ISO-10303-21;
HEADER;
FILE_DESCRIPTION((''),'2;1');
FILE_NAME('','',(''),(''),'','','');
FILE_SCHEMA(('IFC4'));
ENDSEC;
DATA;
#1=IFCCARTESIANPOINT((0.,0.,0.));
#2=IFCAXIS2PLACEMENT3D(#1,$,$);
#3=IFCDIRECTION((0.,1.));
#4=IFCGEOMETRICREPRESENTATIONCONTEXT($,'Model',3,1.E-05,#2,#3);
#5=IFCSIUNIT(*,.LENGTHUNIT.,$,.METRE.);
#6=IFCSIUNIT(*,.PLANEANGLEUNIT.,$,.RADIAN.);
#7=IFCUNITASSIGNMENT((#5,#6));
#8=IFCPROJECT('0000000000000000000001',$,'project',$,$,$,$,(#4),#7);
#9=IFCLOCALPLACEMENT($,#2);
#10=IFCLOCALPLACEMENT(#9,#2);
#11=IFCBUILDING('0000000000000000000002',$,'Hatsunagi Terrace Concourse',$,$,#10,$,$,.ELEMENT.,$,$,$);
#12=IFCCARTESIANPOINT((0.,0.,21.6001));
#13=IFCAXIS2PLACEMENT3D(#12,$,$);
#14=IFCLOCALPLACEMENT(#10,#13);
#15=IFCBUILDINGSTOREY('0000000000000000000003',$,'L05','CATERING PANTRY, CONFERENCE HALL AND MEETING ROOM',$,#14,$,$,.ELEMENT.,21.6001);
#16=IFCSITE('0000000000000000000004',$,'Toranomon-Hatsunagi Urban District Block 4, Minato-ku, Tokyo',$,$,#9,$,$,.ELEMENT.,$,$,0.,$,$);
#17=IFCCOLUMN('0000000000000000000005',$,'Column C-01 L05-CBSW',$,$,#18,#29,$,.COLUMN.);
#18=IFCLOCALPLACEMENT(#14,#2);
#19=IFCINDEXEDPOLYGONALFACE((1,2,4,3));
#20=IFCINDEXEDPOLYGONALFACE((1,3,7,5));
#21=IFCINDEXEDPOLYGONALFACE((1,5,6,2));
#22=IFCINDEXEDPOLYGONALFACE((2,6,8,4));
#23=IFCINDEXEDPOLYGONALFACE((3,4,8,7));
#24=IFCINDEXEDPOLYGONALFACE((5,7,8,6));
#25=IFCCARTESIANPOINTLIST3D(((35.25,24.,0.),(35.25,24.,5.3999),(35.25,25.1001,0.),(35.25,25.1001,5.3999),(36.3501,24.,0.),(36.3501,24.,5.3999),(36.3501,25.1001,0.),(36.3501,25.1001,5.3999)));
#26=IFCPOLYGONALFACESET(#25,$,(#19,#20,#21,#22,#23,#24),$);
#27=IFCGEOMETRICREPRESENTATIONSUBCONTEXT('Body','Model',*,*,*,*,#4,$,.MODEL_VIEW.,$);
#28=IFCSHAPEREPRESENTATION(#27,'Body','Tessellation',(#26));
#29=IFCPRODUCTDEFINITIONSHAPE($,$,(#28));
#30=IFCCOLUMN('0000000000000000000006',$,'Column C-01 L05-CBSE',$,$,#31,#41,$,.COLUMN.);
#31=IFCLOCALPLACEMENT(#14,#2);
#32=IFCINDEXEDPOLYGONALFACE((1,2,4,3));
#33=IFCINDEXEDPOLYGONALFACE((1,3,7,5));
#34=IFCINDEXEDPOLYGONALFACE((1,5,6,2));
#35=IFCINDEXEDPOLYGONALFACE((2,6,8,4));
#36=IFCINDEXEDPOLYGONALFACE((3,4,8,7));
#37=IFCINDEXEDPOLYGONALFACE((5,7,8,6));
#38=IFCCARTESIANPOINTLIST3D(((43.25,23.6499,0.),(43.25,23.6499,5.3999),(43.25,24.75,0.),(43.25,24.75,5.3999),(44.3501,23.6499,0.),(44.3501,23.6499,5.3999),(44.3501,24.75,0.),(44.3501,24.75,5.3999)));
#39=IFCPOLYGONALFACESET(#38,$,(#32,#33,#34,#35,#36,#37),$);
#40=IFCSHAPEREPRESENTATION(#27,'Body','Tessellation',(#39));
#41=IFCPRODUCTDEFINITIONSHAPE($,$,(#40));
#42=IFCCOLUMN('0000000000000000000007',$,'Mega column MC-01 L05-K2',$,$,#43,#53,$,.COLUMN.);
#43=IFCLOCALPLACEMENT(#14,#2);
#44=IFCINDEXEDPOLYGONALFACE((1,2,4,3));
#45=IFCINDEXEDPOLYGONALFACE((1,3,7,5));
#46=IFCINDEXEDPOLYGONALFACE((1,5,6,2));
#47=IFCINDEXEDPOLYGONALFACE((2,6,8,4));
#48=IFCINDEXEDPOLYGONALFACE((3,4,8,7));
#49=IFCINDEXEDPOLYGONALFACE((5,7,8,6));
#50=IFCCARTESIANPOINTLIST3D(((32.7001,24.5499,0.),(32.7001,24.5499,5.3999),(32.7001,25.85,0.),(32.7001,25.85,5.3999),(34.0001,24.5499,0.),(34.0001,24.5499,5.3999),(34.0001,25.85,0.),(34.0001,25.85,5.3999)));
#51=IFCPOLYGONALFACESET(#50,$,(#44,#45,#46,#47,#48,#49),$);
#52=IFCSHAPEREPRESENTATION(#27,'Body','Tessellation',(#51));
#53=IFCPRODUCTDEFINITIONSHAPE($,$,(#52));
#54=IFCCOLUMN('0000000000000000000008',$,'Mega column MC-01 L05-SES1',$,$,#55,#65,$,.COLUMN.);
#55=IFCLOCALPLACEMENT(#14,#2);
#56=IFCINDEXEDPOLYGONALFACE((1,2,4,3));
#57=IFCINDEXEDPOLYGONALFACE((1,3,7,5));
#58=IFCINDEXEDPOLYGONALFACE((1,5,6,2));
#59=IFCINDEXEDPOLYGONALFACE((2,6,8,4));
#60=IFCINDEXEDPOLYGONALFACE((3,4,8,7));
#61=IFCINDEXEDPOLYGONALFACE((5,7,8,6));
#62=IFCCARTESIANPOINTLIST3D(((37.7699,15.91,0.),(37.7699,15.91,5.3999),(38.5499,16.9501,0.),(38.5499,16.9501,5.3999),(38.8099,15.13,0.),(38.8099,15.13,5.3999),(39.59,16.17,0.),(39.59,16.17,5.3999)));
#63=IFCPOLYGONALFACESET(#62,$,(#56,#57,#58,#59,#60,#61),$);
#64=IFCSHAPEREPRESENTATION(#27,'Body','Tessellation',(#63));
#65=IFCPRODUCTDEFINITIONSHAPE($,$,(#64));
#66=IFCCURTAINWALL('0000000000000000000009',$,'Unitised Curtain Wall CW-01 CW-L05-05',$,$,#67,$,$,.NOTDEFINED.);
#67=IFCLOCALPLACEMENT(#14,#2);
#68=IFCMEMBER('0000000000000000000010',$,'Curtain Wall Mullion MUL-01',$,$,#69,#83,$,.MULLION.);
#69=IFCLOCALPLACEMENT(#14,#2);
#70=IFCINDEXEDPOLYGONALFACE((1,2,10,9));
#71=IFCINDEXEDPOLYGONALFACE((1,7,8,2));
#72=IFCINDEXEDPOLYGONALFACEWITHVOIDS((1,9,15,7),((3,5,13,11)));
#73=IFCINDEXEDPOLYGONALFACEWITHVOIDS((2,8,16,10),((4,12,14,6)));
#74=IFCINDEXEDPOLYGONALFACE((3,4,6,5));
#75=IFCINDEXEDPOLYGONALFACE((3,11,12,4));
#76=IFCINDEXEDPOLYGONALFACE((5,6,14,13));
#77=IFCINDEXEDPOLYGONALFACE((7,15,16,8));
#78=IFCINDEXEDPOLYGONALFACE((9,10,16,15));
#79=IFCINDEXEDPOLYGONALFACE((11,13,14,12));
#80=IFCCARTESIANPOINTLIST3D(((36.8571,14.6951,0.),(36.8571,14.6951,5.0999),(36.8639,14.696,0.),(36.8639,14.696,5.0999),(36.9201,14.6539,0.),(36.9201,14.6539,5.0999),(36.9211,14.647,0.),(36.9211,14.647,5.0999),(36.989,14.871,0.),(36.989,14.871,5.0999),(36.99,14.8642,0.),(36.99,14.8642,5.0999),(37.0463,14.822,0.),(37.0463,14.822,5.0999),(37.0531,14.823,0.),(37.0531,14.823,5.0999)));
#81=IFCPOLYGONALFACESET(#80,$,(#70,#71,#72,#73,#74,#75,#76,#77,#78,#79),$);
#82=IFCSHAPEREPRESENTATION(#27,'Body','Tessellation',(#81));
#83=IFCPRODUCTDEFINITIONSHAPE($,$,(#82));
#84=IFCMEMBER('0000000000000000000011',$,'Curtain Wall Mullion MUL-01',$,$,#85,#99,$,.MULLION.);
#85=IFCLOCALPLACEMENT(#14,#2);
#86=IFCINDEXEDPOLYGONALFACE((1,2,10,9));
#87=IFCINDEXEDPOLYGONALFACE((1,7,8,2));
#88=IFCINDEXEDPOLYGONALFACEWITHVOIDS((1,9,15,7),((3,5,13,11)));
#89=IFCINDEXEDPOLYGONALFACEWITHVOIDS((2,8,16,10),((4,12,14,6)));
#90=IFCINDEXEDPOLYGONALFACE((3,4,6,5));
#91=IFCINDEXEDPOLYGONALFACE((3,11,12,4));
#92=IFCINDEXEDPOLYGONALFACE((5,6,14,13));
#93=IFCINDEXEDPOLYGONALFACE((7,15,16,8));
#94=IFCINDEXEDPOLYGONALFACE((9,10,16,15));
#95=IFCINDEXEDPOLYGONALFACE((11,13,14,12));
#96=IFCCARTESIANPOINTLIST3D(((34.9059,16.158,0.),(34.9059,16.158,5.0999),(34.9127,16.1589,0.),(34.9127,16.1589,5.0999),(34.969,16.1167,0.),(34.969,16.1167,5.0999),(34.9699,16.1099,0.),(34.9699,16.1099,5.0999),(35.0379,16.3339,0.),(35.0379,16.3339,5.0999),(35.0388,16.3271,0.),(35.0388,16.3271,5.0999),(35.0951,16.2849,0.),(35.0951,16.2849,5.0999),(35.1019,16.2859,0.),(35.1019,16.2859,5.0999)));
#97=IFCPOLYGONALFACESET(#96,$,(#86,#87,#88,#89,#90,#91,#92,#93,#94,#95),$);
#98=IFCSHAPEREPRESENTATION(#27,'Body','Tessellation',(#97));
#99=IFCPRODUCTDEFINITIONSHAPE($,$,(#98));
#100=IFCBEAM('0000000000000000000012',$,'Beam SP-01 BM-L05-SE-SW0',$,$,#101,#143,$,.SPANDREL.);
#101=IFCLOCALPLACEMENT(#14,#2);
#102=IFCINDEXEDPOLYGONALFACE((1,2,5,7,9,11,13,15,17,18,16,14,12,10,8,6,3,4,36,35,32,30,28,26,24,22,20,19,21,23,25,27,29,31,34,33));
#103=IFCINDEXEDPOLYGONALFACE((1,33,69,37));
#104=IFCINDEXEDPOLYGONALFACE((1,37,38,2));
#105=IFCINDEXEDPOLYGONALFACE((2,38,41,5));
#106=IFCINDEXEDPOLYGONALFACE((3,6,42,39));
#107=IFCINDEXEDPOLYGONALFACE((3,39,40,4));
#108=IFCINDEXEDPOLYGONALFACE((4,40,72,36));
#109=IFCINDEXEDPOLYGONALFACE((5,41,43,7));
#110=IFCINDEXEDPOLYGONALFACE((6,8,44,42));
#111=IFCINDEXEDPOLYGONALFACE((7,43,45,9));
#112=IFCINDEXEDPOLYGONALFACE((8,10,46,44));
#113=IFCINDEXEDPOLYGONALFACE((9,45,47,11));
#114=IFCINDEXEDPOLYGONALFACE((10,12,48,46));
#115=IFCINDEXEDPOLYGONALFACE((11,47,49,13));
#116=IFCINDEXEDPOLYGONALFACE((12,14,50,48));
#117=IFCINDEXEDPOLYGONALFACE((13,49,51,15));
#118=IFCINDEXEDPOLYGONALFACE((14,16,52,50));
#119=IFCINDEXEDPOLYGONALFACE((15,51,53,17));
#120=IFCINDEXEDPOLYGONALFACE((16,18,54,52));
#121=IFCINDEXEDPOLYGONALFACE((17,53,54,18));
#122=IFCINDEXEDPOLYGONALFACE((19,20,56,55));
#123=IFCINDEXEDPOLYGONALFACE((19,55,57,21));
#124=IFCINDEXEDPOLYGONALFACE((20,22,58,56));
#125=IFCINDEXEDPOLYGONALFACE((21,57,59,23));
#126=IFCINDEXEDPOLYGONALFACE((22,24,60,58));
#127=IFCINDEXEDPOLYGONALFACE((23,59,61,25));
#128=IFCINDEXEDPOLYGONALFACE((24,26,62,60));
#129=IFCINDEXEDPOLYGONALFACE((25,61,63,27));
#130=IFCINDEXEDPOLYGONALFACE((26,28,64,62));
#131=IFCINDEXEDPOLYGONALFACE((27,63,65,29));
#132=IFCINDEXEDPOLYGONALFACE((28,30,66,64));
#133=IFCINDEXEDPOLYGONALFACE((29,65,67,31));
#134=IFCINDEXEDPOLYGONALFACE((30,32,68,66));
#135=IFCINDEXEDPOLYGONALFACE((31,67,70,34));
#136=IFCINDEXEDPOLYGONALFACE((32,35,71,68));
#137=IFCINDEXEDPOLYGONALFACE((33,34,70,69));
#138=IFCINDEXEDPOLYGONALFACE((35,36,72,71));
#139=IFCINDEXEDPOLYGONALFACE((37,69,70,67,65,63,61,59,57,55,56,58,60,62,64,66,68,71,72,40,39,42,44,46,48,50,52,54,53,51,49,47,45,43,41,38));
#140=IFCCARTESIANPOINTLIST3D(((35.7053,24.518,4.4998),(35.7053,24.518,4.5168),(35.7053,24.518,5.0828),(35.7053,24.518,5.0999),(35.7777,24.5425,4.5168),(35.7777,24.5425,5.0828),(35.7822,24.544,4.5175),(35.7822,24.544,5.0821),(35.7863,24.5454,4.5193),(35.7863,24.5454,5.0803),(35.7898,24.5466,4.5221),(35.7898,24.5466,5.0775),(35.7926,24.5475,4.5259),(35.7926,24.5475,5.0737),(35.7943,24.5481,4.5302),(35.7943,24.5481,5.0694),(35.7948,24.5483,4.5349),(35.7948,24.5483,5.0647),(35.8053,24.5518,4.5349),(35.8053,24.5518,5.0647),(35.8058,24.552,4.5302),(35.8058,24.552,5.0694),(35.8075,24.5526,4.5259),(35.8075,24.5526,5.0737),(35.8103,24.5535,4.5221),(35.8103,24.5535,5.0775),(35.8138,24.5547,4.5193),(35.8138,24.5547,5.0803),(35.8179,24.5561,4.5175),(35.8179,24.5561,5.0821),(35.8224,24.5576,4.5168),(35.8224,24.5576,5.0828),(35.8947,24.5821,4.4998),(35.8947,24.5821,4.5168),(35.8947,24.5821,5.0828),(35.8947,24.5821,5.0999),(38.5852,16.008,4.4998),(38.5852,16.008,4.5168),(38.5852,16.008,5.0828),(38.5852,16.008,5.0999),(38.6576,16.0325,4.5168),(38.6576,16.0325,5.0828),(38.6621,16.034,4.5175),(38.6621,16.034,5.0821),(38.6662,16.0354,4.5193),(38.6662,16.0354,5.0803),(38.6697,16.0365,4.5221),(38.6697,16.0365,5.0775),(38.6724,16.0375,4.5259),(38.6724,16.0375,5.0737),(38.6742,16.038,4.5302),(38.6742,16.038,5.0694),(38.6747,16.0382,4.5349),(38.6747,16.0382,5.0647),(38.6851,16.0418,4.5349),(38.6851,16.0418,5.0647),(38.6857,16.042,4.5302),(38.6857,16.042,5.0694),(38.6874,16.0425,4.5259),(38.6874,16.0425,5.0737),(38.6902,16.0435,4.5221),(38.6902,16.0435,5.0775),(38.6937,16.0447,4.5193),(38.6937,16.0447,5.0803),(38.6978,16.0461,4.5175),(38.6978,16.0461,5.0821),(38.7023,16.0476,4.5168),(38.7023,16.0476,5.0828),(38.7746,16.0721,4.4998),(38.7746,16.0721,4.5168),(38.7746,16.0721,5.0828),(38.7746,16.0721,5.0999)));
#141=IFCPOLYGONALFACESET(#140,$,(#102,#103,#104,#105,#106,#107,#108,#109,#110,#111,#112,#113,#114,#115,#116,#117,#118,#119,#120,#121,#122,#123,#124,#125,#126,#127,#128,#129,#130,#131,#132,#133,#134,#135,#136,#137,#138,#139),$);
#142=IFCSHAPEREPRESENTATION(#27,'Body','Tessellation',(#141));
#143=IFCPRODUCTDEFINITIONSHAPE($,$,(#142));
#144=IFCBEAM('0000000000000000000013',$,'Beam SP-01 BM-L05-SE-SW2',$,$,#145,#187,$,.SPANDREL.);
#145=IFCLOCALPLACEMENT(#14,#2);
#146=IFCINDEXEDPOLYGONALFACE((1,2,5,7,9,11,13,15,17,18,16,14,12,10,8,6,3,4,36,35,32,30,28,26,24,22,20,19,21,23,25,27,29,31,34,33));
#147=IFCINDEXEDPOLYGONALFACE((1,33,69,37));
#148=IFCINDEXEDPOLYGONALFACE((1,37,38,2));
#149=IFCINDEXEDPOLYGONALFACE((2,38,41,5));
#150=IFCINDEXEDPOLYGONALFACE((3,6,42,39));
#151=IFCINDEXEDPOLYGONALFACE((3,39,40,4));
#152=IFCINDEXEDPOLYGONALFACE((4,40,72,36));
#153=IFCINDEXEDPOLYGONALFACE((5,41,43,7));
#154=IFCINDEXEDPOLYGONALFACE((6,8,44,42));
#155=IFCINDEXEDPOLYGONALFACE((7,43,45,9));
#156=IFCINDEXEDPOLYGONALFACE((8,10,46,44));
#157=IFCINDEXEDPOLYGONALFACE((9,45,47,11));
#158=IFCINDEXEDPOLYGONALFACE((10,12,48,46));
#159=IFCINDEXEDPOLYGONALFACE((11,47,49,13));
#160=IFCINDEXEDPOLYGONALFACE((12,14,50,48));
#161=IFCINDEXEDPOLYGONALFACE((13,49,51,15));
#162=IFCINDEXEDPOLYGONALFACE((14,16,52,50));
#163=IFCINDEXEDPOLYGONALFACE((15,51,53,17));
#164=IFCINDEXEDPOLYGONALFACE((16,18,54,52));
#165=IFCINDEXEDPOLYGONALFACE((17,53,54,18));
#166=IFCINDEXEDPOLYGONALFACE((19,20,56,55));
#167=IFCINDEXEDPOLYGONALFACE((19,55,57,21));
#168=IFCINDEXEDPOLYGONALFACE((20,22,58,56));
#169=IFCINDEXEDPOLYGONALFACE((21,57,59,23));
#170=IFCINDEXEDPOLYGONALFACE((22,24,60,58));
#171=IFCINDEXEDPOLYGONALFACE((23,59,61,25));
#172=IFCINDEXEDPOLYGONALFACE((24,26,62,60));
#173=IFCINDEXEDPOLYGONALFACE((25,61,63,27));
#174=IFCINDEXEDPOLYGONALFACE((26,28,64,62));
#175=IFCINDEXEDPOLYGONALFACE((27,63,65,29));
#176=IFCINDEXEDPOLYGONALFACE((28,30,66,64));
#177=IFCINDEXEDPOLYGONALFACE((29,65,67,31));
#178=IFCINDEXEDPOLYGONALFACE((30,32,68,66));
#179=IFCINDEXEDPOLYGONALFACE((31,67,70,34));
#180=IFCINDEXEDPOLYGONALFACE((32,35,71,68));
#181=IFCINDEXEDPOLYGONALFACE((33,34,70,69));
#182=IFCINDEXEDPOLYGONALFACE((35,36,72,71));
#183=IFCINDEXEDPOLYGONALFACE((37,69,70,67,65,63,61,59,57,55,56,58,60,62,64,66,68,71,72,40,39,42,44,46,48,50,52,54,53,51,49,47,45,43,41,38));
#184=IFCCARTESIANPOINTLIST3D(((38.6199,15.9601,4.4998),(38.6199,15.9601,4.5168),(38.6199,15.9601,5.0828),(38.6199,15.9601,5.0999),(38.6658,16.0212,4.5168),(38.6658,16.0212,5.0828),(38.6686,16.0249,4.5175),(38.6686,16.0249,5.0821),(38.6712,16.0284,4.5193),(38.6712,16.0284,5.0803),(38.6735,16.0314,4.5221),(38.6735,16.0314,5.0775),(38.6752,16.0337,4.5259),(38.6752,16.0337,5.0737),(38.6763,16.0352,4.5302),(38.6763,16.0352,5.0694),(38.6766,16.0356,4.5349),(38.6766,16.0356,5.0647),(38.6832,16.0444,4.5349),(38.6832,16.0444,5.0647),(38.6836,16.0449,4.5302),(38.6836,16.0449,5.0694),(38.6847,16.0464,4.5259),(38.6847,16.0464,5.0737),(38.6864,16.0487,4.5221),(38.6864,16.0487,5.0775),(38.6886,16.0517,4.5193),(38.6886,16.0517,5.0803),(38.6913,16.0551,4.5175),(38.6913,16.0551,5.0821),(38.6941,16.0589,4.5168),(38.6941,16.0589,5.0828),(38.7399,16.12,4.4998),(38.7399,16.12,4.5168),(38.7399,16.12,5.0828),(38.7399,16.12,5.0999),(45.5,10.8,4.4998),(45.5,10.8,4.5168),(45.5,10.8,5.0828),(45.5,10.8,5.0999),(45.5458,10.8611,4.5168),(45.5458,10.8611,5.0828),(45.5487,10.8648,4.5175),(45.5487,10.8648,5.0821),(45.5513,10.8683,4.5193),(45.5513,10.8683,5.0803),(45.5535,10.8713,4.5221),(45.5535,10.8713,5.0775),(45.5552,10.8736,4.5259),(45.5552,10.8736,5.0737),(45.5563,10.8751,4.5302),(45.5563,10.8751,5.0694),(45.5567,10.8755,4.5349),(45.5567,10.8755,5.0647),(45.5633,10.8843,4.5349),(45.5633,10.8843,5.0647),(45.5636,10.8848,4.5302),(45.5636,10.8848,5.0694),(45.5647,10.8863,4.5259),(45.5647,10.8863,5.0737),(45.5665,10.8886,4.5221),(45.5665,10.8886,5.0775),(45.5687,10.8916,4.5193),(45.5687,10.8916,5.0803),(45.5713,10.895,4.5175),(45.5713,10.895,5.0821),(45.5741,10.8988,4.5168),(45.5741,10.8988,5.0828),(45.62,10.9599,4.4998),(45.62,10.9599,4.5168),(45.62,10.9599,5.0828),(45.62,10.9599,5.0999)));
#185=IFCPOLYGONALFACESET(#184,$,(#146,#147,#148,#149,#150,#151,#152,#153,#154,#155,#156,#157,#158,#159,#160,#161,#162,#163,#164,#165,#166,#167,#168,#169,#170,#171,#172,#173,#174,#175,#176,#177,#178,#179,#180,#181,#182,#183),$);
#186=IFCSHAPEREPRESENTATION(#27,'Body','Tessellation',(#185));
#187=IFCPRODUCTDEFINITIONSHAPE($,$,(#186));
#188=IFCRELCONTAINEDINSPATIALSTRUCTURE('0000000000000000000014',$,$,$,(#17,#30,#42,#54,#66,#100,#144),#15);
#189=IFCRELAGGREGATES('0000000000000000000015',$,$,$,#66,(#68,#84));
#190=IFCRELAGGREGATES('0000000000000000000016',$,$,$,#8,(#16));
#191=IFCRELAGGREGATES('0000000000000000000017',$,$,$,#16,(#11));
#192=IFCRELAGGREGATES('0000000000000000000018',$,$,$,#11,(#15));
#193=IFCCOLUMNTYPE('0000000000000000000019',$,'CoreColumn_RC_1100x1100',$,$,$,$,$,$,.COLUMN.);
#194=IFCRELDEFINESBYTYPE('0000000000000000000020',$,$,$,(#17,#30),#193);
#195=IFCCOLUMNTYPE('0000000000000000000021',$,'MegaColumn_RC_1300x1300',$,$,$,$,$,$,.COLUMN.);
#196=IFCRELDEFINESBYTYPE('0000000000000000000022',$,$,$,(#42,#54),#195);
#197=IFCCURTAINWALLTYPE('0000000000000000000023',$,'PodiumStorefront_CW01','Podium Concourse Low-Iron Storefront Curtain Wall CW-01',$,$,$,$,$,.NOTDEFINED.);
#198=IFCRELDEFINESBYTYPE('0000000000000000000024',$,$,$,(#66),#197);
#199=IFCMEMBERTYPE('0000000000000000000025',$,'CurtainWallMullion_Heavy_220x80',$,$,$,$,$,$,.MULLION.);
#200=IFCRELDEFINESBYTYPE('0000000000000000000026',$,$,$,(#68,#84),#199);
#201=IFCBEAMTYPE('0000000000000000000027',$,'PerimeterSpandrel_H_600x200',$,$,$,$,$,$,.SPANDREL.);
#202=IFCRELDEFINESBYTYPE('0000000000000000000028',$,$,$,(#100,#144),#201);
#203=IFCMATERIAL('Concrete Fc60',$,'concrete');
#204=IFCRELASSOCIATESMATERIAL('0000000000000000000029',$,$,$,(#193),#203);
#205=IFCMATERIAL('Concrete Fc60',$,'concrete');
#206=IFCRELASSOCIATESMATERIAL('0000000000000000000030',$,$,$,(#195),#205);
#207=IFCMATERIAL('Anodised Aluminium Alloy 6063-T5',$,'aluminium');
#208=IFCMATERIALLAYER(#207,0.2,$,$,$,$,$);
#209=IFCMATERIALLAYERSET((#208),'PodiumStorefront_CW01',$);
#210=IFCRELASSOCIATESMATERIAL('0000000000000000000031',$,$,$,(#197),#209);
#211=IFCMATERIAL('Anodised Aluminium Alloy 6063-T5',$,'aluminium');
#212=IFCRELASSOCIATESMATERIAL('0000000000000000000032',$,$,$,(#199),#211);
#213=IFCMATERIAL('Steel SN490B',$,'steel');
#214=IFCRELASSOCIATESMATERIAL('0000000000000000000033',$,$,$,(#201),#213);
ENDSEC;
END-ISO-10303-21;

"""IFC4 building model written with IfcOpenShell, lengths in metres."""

from ifc_helpers import new_model, si_unit, direction, frame, origin, origin_2d, place, context, subcontext, project, spatial, rectangle, hollow_rectangle, i_section, extrude, material, layer, layer_set, material_profile, profile_set, type_object, element, aggregate, save


model = new_model("IFC4")

# Units and contexts
model_context = context("Model", 3, precision=1e-05, world=origin(), true_north=direction((0.0, 1.0)))
body_context = subcontext(model_context, "Body", "Model", "MODEL_VIEW")
ifc_project = project(units=[si_unit("LENGTHUNIT", "METRE"), si_unit("PLANEANGLEUNIT", "RADIAN")], contexts=[model_context])

# Site, building, storey
site_placement = place(None, origin())
site = spatial("IfcSite", under=ifc_project, at=site_placement, Name="Toranomon-Hatsunagi Urban District Block 4, Minato-ku, Tokyo", CompositionType="ELEMENT", RefElevation=0.0)
building_placement = place(site_placement, origin())
building = spatial("IfcBuilding", under=site, at=building_placement, Name="Hatsunagi Terrace Concourse", CompositionType="ELEMENT")
storey_placement = place(building_placement, frame((0.0, 0.0, 21.6001)))
storey = spatial("IfcBuildingStorey", under=building, at=storey_placement, Name="L05", Description="CATERING PANTRY, CONFERENCE HALL AND MEETING ROOM", CompositionType="ELEMENT", Elevation=21.6001)

# Columns
ifc_material_1 = material(Name="Concrete Fc60", Category="concrete")
ifc_material_profile_1 = material_profile(ifc_material_1, rectangle(XDim=1.1001, YDim=1.1001, at=origin_2d()), Name="RC-1100x1100")
ifc_profile_set_1 = profile_set([ifc_material_profile_1], Name="Concrete Fc60")
column_type_1 = type_object("IfcColumnType", Name="CoreColumn_RC_1100x1100", PredefinedType="COLUMN", material=ifc_profile_set_1)
for number, where, z_axis, x_axis, name in (
    (1, (35.8, 24.55, 0.0), (0.0, 0.0, 1.0), (1.0, 0.0, 0.0), "Column C-01 L05-CBSW"),
    (2, (43.8, 24.2, 0.0), (0.0, 0.0, 1.0), (1.0, 0.0, 0.0), "Column C-01 L05-CBSE"),
):
    element("IfcColumn", number, at=place(storey_placement, frame(where, z_axis=z_axis, x_axis=x_axis)), inside=storey, type_object=column_type_1, Name=name, PredefinedType="COLUMN", context=body_context, shape_type="SweptSolid", body=[
        extrude(rectangle(XDim=1.1001, YDim=1.1001, at=origin_2d()), origin(), (0.0, 0.0, 1.0), 5.3999),
    ])
ifc_material_2 = material(Name="Concrete Fc60", Category="concrete")
ifc_material_profile_2 = material_profile(ifc_material_2, rectangle(XDim=1.3, YDim=1.3, at=origin_2d()), Name="RC-1300x1300")
ifc_profile_set_2 = profile_set([ifc_material_profile_2], Name="Concrete Fc60")
column_type_2 = type_object("IfcColumnType", Name="MegaColumn_RC_1300x1300", PredefinedType="COLUMN", material=ifc_profile_set_2)
for number, where, z_axis, x_axis, name in (
    (3, (33.3501, 25.2, 0.0), (0.0, 0.0, 1.0), (1.0, 0.0, 0.0), "Mega column MC-01 L05-K2"),
    (4, (38.6799, 16.04, 0.0), (0.0, 0.0, 1.0), (0.8, -0.6, 0.0), "Mega column MC-01 L05-SES1"),
):
    element("IfcColumn", number, at=place(storey_placement, frame(where, z_axis=z_axis, x_axis=x_axis)), inside=storey, type_object=column_type_2, Name=name, PredefinedType="COLUMN", context=body_context, shape_type="SweptSolid", body=[
        extrude(rectangle(XDim=1.3, YDim=1.3, at=origin_2d()), origin(), (0.0, 0.0, 1.0), 5.3999),
    ])

# Curtain wall, members
ifc_material_3 = material(Name="Anodised Aluminium Alloy 6063-T5", Category="aluminium")
ifc_layer_1 = layer(ifc_material_3, 0.2)
ifc_layer_set_1 = layer_set([ifc_layer_1], Name="PodiumStorefront_CW01")
curtain_wall_type = type_object("IfcCurtainWallType", Name="PodiumStorefront_CW01", Description="Podium Concourse Low-Iron Storefront Curtain Wall CW-01", PredefinedType="NOTDEFINED", material=ifc_layer_set_1)
curtain_wall_placement = place(storey_placement, origin())
curtain_wall = element("IfcCurtainWall", 5, at=curtain_wall_placement, inside=storey, type_object=curtain_wall_type, Name="Unitised Curtain Wall CW-01 CW-L05-05", PredefinedType="NOTDEFINED")
ifc_material_4 = material(Name="Anodised Aluminium Alloy 6063-T5", Category="aluminium")
ifc_material_profile_3 = material_profile(ifc_material_4, hollow_rectangle(XDim=0.0801, YDim=0.22, WallThickness=0.0049, at=origin_2d()), Name="ALU-MUL-220x80x5")
ifc_profile_set_3 = profile_set([ifc_material_profile_3], Name="Anodised Aluminium Alloy 6063-T5")
member_type = type_object("IfcMemberType", Name="CurtainWallMullion_Heavy_220x80", PredefinedType="MULLION", material=ifc_profile_set_3)
member_1_placement = place(storey_placement, frame((36.9551, 14.759, 0.0), z_axis=(0.0, 0.0, 1.0), x_axis=(-0.800003, 0.599996, 0.0)))
member_1 = element("IfcMember", 6, at=member_1_placement, type_object=member_type, Name="Curtain Wall Mullion MUL-01", PredefinedType="MULLION", context=body_context, shape_type="SweptSolid", body=[
    extrude(hollow_rectangle(XDim=0.0801, YDim=0.22, WallThickness=0.0049, at=origin_2d()), origin(), (0.0, 0.0, 1.0), 5.0999),
])
member_2_placement = place(storey_placement, frame((35.0039, 16.2219, 0.0), z_axis=(0.0, 0.0, 1.0), x_axis=(-0.800003, 0.599996, 0.0)))
member_2 = element("IfcMember", 7, at=member_2_placement, type_object=member_type, Name="Curtain Wall Mullion MUL-01", PredefinedType="MULLION", context=body_context, shape_type="SweptSolid", body=[
    extrude(hollow_rectangle(XDim=0.0801, YDim=0.22, WallThickness=0.0049, at=origin_2d()), origin(), (0.0, 0.0, 1.0), 5.0999),
])

# Beams
ifc_material_5 = material(Name="Steel SN490B", Category="steel")
ifc_material_profile_4 = material_profile(ifc_material_5, i_section(OverallWidth=0.2, OverallDepth=0.6001, WebThickness=0.011, FlangeThickness=0.0171, FilletRadius=0.0181, at=origin_2d()), Name="H-600x200x11x17")
ifc_profile_set_4 = profile_set([ifc_material_profile_4], Name="Steel SN490B")
beam_type_1 = type_object("IfcBeamType", Name="PerimeterSpandrel_H_600x200", PredefinedType="SPANDREL", material=ifc_profile_set_4)
beam_1_placement = place(storey_placement, frame((35.8, 24.55, 4.7998), z_axis=(0.320553, -0.94723, 0.0), x_axis=(0.94723, 0.320553, 0.0)))
element("IfcBeam", 8, at=beam_1_placement, inside=storey, type_object=beam_type_1, Name="Beam SP-01 BM-L05-SE-SW0", PredefinedType="SPANDREL", context=body_context, shape_type="SweptSolid", body=[
    extrude(i_section(OverallWidth=0.2, OverallDepth=0.6001, WebThickness=0.011, FlangeThickness=0.0171, FilletRadius=0.0181, at=origin_2d()), origin(), (0.0, 0.0, 1.0), 8.9841),
])
beam_2_placement = place(storey_placement, frame((38.6799, 16.04, 4.7998), z_axis=(0.799997, -0.600005, 0.0), x_axis=(0.600005, 0.799997, 0.0)))
element("IfcBeam", 9, at=beam_2_placement, inside=storey, type_object=beam_type_1, Name="Beam SP-01 BM-L05-SE-SW2", PredefinedType="SPANDREL", context=body_context, shape_type="SweptSolid", body=[
    extrude(i_section(OverallWidth=0.2, OverallDepth=0.6001, WebThickness=0.011, FlangeThickness=0.0171, FilletRadius=0.0181, at=origin_2d()), origin(), (0.0, 0.0, 1.0), 8.6001),
])

aggregate(curtain_wall, [member_1, member_2])

save(model, "model.ifc")
